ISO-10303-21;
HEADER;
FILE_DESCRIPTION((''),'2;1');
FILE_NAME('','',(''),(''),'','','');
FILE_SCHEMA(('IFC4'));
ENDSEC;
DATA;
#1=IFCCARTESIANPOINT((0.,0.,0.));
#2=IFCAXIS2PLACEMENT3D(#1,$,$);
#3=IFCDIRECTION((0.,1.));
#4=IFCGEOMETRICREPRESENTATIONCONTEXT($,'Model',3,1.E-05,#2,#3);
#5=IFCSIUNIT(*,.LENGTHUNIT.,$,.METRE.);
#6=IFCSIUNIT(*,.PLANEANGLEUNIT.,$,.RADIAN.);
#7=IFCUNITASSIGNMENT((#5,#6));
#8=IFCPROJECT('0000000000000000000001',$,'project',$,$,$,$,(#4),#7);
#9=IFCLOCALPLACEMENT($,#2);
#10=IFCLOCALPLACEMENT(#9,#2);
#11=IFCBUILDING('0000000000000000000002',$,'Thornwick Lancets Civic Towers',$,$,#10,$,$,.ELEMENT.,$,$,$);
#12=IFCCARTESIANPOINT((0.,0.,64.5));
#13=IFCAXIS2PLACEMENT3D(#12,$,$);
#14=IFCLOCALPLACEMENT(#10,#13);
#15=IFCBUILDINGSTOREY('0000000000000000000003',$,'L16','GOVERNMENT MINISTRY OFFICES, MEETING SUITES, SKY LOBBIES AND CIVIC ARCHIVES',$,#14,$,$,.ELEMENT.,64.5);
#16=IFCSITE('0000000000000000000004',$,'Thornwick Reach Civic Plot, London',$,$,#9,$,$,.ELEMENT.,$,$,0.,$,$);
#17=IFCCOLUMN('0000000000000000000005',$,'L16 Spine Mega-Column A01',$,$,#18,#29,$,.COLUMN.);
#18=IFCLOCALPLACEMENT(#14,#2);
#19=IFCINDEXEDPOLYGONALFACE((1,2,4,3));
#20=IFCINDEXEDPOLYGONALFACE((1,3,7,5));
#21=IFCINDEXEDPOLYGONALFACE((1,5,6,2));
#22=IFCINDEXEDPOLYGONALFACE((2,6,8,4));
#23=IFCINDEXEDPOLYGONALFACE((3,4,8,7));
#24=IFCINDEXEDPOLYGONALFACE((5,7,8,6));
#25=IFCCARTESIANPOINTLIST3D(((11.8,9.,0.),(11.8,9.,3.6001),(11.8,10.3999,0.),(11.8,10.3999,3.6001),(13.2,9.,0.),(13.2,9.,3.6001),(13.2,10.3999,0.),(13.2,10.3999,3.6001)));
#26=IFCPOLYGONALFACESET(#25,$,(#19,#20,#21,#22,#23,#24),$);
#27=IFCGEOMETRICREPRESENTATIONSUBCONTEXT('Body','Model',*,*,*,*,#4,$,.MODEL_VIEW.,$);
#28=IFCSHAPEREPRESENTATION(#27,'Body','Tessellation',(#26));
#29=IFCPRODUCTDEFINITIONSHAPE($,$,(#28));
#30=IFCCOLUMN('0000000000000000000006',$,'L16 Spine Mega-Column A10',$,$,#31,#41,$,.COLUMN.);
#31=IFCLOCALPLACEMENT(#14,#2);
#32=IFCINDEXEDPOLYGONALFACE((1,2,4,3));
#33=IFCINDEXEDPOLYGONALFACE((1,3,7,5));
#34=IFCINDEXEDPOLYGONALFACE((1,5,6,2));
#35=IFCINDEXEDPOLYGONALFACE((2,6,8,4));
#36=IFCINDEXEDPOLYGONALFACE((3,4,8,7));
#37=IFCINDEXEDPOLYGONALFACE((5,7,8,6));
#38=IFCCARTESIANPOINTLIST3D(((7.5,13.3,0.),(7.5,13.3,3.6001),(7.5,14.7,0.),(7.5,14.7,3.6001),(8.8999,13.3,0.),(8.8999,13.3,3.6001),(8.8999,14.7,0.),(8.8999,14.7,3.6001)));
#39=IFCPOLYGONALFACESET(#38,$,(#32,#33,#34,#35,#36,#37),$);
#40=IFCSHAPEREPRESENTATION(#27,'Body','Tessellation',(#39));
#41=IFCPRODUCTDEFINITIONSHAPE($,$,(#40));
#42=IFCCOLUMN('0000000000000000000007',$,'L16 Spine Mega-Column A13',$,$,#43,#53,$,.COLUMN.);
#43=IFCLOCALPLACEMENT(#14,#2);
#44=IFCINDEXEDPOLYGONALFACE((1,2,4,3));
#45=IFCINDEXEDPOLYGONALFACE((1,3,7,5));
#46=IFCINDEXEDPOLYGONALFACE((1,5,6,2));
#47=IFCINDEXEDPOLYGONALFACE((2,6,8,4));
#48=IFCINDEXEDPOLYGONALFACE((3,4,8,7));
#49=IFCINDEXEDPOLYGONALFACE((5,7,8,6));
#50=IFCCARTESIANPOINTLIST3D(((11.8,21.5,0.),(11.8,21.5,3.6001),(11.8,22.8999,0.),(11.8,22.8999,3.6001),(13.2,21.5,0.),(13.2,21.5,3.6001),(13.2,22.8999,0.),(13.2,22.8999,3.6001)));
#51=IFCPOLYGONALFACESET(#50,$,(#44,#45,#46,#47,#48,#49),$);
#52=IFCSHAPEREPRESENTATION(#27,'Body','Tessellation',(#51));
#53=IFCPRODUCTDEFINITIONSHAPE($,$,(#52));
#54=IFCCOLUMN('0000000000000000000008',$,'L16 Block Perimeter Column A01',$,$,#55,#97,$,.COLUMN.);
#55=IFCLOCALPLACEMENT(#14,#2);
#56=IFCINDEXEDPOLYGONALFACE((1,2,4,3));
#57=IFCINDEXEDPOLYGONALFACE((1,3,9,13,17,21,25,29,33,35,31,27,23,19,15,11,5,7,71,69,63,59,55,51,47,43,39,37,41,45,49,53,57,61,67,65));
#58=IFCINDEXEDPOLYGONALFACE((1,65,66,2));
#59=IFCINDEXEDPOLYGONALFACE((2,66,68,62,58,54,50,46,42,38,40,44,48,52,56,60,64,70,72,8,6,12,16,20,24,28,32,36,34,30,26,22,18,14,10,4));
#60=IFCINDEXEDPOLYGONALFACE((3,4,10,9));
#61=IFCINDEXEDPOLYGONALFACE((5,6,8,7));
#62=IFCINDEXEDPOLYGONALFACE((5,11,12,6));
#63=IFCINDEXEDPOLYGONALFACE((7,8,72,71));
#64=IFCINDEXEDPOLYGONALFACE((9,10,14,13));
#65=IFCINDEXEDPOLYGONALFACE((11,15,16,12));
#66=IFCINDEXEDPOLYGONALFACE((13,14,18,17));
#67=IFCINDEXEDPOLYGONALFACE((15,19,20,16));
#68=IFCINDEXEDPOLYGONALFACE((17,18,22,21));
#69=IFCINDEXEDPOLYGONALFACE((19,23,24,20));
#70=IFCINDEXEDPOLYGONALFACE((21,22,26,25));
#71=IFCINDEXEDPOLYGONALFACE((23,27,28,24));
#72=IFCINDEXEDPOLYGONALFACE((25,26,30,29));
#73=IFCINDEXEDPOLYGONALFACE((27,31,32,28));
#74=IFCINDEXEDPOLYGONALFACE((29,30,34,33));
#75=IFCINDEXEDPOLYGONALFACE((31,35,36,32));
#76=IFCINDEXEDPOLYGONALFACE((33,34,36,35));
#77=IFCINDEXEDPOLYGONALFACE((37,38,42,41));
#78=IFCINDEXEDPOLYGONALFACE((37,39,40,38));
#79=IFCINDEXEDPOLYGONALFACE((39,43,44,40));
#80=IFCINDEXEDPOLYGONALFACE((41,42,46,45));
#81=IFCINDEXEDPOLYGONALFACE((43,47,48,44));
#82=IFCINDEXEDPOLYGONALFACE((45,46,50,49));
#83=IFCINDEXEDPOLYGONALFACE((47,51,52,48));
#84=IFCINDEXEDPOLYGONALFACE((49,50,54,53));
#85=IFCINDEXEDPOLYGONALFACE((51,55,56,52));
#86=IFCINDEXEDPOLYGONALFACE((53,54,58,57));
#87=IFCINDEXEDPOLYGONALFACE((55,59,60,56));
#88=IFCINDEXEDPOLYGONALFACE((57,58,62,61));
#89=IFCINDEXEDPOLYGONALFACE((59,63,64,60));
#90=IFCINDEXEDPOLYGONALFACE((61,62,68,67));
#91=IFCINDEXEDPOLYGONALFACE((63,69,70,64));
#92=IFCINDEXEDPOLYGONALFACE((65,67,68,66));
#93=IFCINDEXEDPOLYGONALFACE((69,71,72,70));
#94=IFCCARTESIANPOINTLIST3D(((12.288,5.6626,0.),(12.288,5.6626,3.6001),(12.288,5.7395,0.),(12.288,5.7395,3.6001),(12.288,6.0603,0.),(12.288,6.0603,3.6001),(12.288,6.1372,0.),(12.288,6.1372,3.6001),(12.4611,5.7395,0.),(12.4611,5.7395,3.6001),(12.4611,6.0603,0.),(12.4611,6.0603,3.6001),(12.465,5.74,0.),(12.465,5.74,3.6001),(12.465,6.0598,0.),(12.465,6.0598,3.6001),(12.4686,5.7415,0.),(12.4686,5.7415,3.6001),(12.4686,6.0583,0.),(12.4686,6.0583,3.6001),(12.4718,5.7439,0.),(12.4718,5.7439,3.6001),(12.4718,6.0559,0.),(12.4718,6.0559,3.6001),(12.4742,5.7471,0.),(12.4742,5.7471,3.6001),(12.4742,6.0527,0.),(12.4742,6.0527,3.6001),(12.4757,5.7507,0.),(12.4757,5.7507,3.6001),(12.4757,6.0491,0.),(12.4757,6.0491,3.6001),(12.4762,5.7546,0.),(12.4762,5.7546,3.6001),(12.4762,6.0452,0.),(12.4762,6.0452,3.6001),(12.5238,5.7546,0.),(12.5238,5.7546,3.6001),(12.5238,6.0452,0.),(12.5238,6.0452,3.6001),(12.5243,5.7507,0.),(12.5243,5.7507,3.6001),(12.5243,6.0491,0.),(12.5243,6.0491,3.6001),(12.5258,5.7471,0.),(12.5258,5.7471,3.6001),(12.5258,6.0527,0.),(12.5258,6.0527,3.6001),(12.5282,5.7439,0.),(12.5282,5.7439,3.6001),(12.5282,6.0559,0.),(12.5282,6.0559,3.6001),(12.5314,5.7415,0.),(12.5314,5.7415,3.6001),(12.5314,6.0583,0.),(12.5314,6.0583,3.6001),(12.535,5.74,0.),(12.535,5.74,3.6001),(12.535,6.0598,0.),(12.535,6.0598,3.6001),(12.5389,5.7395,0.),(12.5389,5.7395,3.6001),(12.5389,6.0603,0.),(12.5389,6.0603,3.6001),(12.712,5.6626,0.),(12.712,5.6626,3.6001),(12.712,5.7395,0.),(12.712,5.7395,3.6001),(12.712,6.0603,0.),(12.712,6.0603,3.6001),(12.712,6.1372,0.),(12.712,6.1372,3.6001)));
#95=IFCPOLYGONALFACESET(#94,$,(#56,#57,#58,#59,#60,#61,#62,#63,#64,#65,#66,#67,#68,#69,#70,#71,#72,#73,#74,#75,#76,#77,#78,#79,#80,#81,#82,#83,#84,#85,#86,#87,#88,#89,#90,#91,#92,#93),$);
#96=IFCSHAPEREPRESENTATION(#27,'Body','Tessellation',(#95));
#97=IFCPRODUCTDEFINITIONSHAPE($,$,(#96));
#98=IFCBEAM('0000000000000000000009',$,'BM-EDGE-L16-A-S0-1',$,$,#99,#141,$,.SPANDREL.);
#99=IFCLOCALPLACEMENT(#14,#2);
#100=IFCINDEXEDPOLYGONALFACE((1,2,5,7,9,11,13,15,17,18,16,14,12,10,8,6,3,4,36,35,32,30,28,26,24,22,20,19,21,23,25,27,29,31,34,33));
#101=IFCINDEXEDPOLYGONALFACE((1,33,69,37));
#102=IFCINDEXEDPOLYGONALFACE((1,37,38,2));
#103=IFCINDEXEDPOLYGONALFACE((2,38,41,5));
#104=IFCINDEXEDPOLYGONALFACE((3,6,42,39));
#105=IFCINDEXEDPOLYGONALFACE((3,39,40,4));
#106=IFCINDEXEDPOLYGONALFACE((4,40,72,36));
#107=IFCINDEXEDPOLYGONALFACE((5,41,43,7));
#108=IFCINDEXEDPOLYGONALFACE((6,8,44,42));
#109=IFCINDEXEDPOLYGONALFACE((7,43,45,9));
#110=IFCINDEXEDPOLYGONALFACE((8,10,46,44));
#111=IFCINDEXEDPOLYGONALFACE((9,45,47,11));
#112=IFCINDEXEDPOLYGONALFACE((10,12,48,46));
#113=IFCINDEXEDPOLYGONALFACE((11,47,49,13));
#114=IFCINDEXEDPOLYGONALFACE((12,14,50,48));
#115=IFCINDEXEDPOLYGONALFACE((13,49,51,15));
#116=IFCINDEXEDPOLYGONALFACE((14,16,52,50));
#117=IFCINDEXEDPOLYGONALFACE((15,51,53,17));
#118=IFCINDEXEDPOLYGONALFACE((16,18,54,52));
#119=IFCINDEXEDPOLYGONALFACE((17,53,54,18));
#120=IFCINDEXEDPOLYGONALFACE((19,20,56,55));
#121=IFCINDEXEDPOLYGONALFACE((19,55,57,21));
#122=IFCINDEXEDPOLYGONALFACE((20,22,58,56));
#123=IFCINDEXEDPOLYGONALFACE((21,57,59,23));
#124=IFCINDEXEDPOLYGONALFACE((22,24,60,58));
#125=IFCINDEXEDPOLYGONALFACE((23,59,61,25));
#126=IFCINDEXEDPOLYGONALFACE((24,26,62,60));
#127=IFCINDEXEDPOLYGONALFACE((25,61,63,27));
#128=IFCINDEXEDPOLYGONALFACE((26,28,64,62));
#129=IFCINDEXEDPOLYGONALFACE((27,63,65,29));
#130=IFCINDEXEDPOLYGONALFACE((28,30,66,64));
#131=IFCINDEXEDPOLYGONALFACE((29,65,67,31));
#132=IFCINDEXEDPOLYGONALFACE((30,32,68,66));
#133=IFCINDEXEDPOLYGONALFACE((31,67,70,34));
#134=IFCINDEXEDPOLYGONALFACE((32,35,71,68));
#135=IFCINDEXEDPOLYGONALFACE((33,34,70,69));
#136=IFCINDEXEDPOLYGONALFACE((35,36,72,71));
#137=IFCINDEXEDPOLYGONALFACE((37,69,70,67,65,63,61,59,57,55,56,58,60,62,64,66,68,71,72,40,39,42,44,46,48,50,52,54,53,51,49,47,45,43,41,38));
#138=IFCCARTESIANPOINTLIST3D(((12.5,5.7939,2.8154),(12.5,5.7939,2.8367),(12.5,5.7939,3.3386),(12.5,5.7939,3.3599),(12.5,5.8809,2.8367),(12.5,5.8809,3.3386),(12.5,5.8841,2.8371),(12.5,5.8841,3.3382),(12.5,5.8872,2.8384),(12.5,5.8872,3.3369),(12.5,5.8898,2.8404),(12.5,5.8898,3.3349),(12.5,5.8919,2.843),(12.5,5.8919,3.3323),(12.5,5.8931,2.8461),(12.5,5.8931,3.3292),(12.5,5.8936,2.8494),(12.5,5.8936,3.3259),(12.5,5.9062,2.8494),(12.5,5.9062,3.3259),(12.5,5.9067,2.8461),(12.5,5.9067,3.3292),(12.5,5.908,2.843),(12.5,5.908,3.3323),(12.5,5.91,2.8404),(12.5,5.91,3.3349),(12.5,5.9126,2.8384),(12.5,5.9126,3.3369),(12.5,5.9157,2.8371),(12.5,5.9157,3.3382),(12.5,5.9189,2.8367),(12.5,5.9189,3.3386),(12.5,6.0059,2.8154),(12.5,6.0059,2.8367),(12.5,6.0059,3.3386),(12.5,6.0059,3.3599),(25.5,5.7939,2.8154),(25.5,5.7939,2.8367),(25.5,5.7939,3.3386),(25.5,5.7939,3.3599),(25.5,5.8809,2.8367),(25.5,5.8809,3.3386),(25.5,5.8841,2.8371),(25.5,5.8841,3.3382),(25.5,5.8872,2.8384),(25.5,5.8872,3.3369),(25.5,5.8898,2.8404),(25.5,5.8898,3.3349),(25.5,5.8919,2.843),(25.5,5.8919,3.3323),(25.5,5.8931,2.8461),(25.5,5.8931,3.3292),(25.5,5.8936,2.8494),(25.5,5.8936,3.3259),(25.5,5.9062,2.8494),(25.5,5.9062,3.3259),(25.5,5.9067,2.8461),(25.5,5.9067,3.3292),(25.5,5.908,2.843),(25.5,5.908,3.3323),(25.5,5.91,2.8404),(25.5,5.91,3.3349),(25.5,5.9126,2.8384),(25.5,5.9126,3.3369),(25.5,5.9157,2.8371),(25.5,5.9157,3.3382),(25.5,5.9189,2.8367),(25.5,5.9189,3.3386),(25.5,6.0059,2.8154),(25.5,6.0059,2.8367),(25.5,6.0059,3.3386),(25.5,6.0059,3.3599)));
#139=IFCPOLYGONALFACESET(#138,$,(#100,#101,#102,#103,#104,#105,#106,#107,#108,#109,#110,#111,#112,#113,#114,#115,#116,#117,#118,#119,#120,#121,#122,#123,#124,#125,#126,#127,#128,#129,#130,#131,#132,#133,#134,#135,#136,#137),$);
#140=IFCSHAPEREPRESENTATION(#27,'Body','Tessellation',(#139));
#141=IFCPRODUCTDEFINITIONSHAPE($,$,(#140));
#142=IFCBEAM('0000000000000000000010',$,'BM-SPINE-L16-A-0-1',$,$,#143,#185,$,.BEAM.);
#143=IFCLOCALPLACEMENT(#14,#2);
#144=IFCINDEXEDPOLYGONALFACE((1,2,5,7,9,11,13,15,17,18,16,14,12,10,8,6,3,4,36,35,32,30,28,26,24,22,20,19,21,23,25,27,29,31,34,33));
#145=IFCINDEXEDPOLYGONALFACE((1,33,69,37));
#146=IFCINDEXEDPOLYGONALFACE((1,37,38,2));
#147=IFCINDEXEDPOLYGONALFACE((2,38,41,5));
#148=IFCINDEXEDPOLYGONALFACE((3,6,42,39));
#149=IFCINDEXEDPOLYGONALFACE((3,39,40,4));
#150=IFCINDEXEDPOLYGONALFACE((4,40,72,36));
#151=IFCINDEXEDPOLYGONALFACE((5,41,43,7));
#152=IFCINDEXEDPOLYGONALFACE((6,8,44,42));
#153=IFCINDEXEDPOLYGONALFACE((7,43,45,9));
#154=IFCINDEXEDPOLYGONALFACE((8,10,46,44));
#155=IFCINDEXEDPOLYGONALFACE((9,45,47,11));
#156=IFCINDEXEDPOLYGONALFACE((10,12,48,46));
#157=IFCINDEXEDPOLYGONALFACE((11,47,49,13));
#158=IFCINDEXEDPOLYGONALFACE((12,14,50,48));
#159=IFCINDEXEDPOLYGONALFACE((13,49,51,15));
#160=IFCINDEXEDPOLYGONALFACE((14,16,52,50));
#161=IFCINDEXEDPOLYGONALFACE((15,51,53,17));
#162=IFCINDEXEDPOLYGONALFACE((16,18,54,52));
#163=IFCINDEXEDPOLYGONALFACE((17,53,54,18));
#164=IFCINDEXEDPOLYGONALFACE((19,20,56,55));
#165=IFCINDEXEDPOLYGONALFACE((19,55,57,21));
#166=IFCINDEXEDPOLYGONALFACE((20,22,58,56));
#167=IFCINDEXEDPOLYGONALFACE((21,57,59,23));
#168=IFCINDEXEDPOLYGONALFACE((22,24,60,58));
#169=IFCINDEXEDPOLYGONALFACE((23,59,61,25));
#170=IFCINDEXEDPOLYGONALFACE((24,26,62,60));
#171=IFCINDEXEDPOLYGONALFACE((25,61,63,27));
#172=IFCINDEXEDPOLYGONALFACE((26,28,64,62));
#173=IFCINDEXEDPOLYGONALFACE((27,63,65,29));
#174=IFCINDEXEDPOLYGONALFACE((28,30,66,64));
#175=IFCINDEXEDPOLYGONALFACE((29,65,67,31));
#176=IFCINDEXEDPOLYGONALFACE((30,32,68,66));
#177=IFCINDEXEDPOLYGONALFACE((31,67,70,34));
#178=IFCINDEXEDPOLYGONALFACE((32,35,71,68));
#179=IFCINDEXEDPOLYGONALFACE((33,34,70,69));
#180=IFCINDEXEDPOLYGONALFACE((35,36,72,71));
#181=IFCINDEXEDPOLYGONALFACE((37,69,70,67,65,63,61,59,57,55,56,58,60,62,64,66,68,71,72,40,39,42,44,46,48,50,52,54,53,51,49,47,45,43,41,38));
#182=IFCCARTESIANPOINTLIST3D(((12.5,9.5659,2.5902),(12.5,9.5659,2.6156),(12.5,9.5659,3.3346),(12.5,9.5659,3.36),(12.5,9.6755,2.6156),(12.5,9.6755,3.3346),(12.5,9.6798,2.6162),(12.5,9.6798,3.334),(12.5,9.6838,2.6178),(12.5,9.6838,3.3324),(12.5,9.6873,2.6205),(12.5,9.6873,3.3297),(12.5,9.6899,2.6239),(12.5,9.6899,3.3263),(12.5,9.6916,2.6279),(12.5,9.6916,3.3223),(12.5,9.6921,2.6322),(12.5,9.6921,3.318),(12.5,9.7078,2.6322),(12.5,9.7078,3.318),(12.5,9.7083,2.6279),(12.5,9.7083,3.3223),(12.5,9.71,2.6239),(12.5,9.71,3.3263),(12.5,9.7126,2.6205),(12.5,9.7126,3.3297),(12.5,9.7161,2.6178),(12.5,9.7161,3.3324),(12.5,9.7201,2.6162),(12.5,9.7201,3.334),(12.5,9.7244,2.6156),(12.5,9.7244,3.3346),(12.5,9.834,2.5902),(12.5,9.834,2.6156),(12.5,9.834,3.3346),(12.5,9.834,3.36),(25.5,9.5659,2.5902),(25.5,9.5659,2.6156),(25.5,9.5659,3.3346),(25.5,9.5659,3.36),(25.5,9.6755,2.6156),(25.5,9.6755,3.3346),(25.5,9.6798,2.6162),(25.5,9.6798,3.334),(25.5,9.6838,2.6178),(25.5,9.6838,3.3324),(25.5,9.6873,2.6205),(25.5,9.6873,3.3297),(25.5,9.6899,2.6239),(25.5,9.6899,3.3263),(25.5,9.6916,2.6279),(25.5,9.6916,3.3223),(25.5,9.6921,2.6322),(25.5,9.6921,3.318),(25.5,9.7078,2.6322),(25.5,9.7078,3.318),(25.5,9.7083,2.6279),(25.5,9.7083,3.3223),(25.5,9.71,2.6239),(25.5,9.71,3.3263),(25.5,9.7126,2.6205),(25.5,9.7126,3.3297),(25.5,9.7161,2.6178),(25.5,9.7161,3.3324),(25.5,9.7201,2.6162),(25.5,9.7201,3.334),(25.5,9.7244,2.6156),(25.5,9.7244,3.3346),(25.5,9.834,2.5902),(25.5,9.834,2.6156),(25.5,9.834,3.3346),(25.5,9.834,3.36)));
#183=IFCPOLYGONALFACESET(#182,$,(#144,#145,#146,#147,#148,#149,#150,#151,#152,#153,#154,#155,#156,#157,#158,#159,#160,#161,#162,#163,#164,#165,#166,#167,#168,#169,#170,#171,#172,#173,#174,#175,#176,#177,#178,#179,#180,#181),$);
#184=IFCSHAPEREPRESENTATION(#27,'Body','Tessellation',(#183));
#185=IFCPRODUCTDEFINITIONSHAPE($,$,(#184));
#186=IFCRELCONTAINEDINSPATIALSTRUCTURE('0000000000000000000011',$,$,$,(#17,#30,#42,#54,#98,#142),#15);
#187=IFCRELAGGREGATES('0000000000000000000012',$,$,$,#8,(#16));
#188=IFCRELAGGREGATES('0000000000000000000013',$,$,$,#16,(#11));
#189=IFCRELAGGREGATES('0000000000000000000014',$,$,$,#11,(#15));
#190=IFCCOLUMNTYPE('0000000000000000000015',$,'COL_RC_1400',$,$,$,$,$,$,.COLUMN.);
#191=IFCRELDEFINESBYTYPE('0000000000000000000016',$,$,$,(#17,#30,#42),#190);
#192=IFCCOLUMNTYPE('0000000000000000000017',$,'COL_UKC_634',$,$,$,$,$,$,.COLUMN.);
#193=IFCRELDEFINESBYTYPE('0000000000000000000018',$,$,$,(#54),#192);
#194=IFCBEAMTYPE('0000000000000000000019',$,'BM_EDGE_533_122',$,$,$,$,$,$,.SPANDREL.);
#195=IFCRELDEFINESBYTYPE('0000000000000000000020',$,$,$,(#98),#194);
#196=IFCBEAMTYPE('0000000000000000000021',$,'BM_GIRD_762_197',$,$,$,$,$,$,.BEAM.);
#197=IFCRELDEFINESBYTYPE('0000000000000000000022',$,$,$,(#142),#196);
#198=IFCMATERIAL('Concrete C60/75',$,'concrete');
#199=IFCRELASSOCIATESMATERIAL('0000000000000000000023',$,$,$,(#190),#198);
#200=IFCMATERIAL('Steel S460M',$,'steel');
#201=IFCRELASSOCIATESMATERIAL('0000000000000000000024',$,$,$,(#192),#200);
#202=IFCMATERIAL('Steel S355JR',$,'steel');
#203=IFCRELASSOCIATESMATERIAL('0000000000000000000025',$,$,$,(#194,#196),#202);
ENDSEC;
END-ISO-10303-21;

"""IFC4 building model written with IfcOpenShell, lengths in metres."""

from ifc_helpers import new_model, si_unit, direction, frame, origin, origin_2d, place, context, subcontext, project, spatial, rectangle, i_section, extrude, material, material_profile, profile_set, type_object, element, save


model = new_model("IFC4")

# Units and contexts
model_context = context("Model", 3, precision=1e-05, world=origin(), true_north=direction((0.0, 1.0)))
body_context = subcontext(model_context, "Body", "Model", "MODEL_VIEW")
ifc_project = project(units=[si_unit("LENGTHUNIT", "METRE"), si_unit("PLANEANGLEUNIT", "RADIAN")], contexts=[model_context])

# Site, building, storey
site_placement = place(None, origin())
site = spatial("IfcSite", under=ifc_project, at=site_placement, Name="Thornwick Reach Civic Plot, London", CompositionType="ELEMENT", RefElevation=0.0)
building_placement = place(site_placement, origin())
building = spatial("IfcBuilding", under=site, at=building_placement, Name="Thornwick Lancets Civic Towers", CompositionType="ELEMENT")
storey_placement = place(building_placement, frame((0.0, 0.0, 64.5)))
storey = spatial("IfcBuildingStorey", under=building, at=storey_placement, Name="L16", Description="GOVERNMENT MINISTRY OFFICES, MEETING SUITES, SKY LOBBIES AND CIVIC ARCHIVES", CompositionType="ELEMENT", Elevation=64.5)

# Columns
ifc_material_1 = material(Name="Concrete C60/75", Category="concrete")
ifc_material_profile_1 = material_profile(ifc_material_1, rectangle(XDim=1.3999, YDim=1.3999, at=origin_2d()), Name="RC 1400x1400")
ifc_profile_set_1 = profile_set([ifc_material_profile_1], Name="Concrete C60/75")
column_type_1 = type_object("IfcColumnType", Name="COL_RC_1400", PredefinedType="COLUMN", material=ifc_profile_set_1)
for number, where, z_axis, x_axis, name in (
    (1, (12.5, 9.7, 0.0), (0.0, 0.0, 1.0), (1.0, 0.0, 0.0), "L16 Spine Mega-Column A01"),
    (2, (8.2, 14.0, 0.0), (0.0, 0.0, 1.0), (1.0, 0.0, 0.0), "L16 Spine Mega-Column A10"),
    (3, (12.5, 22.2, 0.0), (0.0, 0.0, 1.0), (1.0, 0.0, 0.0), "L16 Spine Mega-Column A13"),
):
    element("IfcColumn", number, at=place(storey_placement, frame(where, z_axis=z_axis, x_axis=x_axis)), inside=storey, type_object=column_type_1, Name=name, PredefinedType="COLUMN", context=body_context, shape_type="SweptSolid", body=[
        extrude(rectangle(XDim=1.3999, YDim=1.3999, at=origin_2d()), origin(), (0.0, 0.0, 1.0), 3.6001),
    ])
ifc_material_2 = material(Name="Steel S460M", Category="steel")
ifc_material_profile_2 = material_profile(ifc_material_2, i_section(OverallWidth=0.4241, OverallDepth=0.4746, WebThickness=0.0476, FlangeThickness=0.0769, FilletRadius=0.0151, at=origin_2d()), Name="UKC 356x406x634")
ifc_profile_set_2 = profile_set([ifc_material_profile_2], Name="Steel S460M")
column_type_2 = type_object("IfcColumnType", Name="COL_UKC_634", PredefinedType="COLUMN", material=ifc_profile_set_2)
column_placement = place(storey_placement, frame((12.5, 5.8999, 0.0), z_axis=(0.0, 0.0, 1.0), x_axis=(1.0, 0.0, 0.0)))
element("IfcColumn", 4, at=column_placement, inside=storey, type_object=column_type_2, Name="L16 Block Perimeter Column A01", PredefinedType="COLUMN", context=body_context, shape_type="SweptSolid", body=[
    extrude(i_section(OverallWidth=0.4241, OverallDepth=0.4746, WebThickness=0.0476, FlangeThickness=0.0769, FilletRadius=0.0151, at=origin_2d()), origin(), (0.0, 0.0, 1.0), 3.6001),
])

# Beams
ifc_material_3 = material(Name="Steel S355JR", Category="steel")
ifc_material_profile_3 = material_profile(ifc_material_3, i_section(OverallWidth=0.2119, OverallDepth=0.5444, WebThickness=0.0127, FlangeThickness=0.0212, FilletRadius=0.0127, at=origin_2d()), Name="UKB 533x210x122")
ifc_profile_set_3 = profile_set([ifc_material_profile_3], Name="Steel S355JR")
beam_type_1 = type_object("IfcBeamType", Name="BM_EDGE_533_122", PredefinedType="SPANDREL", material=ifc_profile_set_3)
beam_1_placement = place(storey_placement, frame((12.5, 5.8999, 3.0876), z_axis=(1.0, 0.0, 0.0), x_axis=(0.0, 1.0, 0.0)))
element("IfcBeam", 5, at=beam_1_placement, inside=storey, type_object=beam_type_1, Name="BM-EDGE-L16-A-S0-1", PredefinedType="SPANDREL", context=body_context, shape_type="SweptSolid", body=[
    extrude(i_section(OverallWidth=0.2119, OverallDepth=0.5444, WebThickness=0.0127, FlangeThickness=0.0212, FilletRadius=0.0127, at=origin_2d()), origin(), (0.0, 0.0, 1.0), 13.0),
])
ifc_material_profile_4 = material_profile(ifc_material_3, i_section(OverallWidth=0.2681, OverallDepth=0.7698, WebThickness=0.0156, FlangeThickness=0.0254, FilletRadius=0.0166, at=origin_2d()), Name="UKB 762x267x197")
ifc_profile_set_4 = profile_set([ifc_material_profile_4], Name="Steel S355JR")
beam_type_2 = type_object("IfcBeamType", Name="BM_GIRD_762_197", PredefinedType="BEAM", material=ifc_profile_set_4)
for number, where, z_axis, x_axis, name in (
    (6, (12.5, 9.7, 2.9751), (1.0, 0.0, 0.0), (0.0, 1.0, 0.0), "BM-SPINE-L16-A-0-1"),
):
    element("IfcBeam", number, at=place(storey_placement, frame(where, z_axis=z_axis, x_axis=x_axis)), inside=storey, type_object=beam_type_2, Name=name, PredefinedType="BEAM", context=body_context, shape_type="SweptSolid", body=[
        extrude(i_section(OverallWidth=0.2681, OverallDepth=0.7698, WebThickness=0.0156, FlangeThickness=0.0254, FilletRadius=0.0166, at=origin_2d()), origin(), (0.0, 0.0, 1.0), 13.0),
    ])

save(model, "model.ifc")
